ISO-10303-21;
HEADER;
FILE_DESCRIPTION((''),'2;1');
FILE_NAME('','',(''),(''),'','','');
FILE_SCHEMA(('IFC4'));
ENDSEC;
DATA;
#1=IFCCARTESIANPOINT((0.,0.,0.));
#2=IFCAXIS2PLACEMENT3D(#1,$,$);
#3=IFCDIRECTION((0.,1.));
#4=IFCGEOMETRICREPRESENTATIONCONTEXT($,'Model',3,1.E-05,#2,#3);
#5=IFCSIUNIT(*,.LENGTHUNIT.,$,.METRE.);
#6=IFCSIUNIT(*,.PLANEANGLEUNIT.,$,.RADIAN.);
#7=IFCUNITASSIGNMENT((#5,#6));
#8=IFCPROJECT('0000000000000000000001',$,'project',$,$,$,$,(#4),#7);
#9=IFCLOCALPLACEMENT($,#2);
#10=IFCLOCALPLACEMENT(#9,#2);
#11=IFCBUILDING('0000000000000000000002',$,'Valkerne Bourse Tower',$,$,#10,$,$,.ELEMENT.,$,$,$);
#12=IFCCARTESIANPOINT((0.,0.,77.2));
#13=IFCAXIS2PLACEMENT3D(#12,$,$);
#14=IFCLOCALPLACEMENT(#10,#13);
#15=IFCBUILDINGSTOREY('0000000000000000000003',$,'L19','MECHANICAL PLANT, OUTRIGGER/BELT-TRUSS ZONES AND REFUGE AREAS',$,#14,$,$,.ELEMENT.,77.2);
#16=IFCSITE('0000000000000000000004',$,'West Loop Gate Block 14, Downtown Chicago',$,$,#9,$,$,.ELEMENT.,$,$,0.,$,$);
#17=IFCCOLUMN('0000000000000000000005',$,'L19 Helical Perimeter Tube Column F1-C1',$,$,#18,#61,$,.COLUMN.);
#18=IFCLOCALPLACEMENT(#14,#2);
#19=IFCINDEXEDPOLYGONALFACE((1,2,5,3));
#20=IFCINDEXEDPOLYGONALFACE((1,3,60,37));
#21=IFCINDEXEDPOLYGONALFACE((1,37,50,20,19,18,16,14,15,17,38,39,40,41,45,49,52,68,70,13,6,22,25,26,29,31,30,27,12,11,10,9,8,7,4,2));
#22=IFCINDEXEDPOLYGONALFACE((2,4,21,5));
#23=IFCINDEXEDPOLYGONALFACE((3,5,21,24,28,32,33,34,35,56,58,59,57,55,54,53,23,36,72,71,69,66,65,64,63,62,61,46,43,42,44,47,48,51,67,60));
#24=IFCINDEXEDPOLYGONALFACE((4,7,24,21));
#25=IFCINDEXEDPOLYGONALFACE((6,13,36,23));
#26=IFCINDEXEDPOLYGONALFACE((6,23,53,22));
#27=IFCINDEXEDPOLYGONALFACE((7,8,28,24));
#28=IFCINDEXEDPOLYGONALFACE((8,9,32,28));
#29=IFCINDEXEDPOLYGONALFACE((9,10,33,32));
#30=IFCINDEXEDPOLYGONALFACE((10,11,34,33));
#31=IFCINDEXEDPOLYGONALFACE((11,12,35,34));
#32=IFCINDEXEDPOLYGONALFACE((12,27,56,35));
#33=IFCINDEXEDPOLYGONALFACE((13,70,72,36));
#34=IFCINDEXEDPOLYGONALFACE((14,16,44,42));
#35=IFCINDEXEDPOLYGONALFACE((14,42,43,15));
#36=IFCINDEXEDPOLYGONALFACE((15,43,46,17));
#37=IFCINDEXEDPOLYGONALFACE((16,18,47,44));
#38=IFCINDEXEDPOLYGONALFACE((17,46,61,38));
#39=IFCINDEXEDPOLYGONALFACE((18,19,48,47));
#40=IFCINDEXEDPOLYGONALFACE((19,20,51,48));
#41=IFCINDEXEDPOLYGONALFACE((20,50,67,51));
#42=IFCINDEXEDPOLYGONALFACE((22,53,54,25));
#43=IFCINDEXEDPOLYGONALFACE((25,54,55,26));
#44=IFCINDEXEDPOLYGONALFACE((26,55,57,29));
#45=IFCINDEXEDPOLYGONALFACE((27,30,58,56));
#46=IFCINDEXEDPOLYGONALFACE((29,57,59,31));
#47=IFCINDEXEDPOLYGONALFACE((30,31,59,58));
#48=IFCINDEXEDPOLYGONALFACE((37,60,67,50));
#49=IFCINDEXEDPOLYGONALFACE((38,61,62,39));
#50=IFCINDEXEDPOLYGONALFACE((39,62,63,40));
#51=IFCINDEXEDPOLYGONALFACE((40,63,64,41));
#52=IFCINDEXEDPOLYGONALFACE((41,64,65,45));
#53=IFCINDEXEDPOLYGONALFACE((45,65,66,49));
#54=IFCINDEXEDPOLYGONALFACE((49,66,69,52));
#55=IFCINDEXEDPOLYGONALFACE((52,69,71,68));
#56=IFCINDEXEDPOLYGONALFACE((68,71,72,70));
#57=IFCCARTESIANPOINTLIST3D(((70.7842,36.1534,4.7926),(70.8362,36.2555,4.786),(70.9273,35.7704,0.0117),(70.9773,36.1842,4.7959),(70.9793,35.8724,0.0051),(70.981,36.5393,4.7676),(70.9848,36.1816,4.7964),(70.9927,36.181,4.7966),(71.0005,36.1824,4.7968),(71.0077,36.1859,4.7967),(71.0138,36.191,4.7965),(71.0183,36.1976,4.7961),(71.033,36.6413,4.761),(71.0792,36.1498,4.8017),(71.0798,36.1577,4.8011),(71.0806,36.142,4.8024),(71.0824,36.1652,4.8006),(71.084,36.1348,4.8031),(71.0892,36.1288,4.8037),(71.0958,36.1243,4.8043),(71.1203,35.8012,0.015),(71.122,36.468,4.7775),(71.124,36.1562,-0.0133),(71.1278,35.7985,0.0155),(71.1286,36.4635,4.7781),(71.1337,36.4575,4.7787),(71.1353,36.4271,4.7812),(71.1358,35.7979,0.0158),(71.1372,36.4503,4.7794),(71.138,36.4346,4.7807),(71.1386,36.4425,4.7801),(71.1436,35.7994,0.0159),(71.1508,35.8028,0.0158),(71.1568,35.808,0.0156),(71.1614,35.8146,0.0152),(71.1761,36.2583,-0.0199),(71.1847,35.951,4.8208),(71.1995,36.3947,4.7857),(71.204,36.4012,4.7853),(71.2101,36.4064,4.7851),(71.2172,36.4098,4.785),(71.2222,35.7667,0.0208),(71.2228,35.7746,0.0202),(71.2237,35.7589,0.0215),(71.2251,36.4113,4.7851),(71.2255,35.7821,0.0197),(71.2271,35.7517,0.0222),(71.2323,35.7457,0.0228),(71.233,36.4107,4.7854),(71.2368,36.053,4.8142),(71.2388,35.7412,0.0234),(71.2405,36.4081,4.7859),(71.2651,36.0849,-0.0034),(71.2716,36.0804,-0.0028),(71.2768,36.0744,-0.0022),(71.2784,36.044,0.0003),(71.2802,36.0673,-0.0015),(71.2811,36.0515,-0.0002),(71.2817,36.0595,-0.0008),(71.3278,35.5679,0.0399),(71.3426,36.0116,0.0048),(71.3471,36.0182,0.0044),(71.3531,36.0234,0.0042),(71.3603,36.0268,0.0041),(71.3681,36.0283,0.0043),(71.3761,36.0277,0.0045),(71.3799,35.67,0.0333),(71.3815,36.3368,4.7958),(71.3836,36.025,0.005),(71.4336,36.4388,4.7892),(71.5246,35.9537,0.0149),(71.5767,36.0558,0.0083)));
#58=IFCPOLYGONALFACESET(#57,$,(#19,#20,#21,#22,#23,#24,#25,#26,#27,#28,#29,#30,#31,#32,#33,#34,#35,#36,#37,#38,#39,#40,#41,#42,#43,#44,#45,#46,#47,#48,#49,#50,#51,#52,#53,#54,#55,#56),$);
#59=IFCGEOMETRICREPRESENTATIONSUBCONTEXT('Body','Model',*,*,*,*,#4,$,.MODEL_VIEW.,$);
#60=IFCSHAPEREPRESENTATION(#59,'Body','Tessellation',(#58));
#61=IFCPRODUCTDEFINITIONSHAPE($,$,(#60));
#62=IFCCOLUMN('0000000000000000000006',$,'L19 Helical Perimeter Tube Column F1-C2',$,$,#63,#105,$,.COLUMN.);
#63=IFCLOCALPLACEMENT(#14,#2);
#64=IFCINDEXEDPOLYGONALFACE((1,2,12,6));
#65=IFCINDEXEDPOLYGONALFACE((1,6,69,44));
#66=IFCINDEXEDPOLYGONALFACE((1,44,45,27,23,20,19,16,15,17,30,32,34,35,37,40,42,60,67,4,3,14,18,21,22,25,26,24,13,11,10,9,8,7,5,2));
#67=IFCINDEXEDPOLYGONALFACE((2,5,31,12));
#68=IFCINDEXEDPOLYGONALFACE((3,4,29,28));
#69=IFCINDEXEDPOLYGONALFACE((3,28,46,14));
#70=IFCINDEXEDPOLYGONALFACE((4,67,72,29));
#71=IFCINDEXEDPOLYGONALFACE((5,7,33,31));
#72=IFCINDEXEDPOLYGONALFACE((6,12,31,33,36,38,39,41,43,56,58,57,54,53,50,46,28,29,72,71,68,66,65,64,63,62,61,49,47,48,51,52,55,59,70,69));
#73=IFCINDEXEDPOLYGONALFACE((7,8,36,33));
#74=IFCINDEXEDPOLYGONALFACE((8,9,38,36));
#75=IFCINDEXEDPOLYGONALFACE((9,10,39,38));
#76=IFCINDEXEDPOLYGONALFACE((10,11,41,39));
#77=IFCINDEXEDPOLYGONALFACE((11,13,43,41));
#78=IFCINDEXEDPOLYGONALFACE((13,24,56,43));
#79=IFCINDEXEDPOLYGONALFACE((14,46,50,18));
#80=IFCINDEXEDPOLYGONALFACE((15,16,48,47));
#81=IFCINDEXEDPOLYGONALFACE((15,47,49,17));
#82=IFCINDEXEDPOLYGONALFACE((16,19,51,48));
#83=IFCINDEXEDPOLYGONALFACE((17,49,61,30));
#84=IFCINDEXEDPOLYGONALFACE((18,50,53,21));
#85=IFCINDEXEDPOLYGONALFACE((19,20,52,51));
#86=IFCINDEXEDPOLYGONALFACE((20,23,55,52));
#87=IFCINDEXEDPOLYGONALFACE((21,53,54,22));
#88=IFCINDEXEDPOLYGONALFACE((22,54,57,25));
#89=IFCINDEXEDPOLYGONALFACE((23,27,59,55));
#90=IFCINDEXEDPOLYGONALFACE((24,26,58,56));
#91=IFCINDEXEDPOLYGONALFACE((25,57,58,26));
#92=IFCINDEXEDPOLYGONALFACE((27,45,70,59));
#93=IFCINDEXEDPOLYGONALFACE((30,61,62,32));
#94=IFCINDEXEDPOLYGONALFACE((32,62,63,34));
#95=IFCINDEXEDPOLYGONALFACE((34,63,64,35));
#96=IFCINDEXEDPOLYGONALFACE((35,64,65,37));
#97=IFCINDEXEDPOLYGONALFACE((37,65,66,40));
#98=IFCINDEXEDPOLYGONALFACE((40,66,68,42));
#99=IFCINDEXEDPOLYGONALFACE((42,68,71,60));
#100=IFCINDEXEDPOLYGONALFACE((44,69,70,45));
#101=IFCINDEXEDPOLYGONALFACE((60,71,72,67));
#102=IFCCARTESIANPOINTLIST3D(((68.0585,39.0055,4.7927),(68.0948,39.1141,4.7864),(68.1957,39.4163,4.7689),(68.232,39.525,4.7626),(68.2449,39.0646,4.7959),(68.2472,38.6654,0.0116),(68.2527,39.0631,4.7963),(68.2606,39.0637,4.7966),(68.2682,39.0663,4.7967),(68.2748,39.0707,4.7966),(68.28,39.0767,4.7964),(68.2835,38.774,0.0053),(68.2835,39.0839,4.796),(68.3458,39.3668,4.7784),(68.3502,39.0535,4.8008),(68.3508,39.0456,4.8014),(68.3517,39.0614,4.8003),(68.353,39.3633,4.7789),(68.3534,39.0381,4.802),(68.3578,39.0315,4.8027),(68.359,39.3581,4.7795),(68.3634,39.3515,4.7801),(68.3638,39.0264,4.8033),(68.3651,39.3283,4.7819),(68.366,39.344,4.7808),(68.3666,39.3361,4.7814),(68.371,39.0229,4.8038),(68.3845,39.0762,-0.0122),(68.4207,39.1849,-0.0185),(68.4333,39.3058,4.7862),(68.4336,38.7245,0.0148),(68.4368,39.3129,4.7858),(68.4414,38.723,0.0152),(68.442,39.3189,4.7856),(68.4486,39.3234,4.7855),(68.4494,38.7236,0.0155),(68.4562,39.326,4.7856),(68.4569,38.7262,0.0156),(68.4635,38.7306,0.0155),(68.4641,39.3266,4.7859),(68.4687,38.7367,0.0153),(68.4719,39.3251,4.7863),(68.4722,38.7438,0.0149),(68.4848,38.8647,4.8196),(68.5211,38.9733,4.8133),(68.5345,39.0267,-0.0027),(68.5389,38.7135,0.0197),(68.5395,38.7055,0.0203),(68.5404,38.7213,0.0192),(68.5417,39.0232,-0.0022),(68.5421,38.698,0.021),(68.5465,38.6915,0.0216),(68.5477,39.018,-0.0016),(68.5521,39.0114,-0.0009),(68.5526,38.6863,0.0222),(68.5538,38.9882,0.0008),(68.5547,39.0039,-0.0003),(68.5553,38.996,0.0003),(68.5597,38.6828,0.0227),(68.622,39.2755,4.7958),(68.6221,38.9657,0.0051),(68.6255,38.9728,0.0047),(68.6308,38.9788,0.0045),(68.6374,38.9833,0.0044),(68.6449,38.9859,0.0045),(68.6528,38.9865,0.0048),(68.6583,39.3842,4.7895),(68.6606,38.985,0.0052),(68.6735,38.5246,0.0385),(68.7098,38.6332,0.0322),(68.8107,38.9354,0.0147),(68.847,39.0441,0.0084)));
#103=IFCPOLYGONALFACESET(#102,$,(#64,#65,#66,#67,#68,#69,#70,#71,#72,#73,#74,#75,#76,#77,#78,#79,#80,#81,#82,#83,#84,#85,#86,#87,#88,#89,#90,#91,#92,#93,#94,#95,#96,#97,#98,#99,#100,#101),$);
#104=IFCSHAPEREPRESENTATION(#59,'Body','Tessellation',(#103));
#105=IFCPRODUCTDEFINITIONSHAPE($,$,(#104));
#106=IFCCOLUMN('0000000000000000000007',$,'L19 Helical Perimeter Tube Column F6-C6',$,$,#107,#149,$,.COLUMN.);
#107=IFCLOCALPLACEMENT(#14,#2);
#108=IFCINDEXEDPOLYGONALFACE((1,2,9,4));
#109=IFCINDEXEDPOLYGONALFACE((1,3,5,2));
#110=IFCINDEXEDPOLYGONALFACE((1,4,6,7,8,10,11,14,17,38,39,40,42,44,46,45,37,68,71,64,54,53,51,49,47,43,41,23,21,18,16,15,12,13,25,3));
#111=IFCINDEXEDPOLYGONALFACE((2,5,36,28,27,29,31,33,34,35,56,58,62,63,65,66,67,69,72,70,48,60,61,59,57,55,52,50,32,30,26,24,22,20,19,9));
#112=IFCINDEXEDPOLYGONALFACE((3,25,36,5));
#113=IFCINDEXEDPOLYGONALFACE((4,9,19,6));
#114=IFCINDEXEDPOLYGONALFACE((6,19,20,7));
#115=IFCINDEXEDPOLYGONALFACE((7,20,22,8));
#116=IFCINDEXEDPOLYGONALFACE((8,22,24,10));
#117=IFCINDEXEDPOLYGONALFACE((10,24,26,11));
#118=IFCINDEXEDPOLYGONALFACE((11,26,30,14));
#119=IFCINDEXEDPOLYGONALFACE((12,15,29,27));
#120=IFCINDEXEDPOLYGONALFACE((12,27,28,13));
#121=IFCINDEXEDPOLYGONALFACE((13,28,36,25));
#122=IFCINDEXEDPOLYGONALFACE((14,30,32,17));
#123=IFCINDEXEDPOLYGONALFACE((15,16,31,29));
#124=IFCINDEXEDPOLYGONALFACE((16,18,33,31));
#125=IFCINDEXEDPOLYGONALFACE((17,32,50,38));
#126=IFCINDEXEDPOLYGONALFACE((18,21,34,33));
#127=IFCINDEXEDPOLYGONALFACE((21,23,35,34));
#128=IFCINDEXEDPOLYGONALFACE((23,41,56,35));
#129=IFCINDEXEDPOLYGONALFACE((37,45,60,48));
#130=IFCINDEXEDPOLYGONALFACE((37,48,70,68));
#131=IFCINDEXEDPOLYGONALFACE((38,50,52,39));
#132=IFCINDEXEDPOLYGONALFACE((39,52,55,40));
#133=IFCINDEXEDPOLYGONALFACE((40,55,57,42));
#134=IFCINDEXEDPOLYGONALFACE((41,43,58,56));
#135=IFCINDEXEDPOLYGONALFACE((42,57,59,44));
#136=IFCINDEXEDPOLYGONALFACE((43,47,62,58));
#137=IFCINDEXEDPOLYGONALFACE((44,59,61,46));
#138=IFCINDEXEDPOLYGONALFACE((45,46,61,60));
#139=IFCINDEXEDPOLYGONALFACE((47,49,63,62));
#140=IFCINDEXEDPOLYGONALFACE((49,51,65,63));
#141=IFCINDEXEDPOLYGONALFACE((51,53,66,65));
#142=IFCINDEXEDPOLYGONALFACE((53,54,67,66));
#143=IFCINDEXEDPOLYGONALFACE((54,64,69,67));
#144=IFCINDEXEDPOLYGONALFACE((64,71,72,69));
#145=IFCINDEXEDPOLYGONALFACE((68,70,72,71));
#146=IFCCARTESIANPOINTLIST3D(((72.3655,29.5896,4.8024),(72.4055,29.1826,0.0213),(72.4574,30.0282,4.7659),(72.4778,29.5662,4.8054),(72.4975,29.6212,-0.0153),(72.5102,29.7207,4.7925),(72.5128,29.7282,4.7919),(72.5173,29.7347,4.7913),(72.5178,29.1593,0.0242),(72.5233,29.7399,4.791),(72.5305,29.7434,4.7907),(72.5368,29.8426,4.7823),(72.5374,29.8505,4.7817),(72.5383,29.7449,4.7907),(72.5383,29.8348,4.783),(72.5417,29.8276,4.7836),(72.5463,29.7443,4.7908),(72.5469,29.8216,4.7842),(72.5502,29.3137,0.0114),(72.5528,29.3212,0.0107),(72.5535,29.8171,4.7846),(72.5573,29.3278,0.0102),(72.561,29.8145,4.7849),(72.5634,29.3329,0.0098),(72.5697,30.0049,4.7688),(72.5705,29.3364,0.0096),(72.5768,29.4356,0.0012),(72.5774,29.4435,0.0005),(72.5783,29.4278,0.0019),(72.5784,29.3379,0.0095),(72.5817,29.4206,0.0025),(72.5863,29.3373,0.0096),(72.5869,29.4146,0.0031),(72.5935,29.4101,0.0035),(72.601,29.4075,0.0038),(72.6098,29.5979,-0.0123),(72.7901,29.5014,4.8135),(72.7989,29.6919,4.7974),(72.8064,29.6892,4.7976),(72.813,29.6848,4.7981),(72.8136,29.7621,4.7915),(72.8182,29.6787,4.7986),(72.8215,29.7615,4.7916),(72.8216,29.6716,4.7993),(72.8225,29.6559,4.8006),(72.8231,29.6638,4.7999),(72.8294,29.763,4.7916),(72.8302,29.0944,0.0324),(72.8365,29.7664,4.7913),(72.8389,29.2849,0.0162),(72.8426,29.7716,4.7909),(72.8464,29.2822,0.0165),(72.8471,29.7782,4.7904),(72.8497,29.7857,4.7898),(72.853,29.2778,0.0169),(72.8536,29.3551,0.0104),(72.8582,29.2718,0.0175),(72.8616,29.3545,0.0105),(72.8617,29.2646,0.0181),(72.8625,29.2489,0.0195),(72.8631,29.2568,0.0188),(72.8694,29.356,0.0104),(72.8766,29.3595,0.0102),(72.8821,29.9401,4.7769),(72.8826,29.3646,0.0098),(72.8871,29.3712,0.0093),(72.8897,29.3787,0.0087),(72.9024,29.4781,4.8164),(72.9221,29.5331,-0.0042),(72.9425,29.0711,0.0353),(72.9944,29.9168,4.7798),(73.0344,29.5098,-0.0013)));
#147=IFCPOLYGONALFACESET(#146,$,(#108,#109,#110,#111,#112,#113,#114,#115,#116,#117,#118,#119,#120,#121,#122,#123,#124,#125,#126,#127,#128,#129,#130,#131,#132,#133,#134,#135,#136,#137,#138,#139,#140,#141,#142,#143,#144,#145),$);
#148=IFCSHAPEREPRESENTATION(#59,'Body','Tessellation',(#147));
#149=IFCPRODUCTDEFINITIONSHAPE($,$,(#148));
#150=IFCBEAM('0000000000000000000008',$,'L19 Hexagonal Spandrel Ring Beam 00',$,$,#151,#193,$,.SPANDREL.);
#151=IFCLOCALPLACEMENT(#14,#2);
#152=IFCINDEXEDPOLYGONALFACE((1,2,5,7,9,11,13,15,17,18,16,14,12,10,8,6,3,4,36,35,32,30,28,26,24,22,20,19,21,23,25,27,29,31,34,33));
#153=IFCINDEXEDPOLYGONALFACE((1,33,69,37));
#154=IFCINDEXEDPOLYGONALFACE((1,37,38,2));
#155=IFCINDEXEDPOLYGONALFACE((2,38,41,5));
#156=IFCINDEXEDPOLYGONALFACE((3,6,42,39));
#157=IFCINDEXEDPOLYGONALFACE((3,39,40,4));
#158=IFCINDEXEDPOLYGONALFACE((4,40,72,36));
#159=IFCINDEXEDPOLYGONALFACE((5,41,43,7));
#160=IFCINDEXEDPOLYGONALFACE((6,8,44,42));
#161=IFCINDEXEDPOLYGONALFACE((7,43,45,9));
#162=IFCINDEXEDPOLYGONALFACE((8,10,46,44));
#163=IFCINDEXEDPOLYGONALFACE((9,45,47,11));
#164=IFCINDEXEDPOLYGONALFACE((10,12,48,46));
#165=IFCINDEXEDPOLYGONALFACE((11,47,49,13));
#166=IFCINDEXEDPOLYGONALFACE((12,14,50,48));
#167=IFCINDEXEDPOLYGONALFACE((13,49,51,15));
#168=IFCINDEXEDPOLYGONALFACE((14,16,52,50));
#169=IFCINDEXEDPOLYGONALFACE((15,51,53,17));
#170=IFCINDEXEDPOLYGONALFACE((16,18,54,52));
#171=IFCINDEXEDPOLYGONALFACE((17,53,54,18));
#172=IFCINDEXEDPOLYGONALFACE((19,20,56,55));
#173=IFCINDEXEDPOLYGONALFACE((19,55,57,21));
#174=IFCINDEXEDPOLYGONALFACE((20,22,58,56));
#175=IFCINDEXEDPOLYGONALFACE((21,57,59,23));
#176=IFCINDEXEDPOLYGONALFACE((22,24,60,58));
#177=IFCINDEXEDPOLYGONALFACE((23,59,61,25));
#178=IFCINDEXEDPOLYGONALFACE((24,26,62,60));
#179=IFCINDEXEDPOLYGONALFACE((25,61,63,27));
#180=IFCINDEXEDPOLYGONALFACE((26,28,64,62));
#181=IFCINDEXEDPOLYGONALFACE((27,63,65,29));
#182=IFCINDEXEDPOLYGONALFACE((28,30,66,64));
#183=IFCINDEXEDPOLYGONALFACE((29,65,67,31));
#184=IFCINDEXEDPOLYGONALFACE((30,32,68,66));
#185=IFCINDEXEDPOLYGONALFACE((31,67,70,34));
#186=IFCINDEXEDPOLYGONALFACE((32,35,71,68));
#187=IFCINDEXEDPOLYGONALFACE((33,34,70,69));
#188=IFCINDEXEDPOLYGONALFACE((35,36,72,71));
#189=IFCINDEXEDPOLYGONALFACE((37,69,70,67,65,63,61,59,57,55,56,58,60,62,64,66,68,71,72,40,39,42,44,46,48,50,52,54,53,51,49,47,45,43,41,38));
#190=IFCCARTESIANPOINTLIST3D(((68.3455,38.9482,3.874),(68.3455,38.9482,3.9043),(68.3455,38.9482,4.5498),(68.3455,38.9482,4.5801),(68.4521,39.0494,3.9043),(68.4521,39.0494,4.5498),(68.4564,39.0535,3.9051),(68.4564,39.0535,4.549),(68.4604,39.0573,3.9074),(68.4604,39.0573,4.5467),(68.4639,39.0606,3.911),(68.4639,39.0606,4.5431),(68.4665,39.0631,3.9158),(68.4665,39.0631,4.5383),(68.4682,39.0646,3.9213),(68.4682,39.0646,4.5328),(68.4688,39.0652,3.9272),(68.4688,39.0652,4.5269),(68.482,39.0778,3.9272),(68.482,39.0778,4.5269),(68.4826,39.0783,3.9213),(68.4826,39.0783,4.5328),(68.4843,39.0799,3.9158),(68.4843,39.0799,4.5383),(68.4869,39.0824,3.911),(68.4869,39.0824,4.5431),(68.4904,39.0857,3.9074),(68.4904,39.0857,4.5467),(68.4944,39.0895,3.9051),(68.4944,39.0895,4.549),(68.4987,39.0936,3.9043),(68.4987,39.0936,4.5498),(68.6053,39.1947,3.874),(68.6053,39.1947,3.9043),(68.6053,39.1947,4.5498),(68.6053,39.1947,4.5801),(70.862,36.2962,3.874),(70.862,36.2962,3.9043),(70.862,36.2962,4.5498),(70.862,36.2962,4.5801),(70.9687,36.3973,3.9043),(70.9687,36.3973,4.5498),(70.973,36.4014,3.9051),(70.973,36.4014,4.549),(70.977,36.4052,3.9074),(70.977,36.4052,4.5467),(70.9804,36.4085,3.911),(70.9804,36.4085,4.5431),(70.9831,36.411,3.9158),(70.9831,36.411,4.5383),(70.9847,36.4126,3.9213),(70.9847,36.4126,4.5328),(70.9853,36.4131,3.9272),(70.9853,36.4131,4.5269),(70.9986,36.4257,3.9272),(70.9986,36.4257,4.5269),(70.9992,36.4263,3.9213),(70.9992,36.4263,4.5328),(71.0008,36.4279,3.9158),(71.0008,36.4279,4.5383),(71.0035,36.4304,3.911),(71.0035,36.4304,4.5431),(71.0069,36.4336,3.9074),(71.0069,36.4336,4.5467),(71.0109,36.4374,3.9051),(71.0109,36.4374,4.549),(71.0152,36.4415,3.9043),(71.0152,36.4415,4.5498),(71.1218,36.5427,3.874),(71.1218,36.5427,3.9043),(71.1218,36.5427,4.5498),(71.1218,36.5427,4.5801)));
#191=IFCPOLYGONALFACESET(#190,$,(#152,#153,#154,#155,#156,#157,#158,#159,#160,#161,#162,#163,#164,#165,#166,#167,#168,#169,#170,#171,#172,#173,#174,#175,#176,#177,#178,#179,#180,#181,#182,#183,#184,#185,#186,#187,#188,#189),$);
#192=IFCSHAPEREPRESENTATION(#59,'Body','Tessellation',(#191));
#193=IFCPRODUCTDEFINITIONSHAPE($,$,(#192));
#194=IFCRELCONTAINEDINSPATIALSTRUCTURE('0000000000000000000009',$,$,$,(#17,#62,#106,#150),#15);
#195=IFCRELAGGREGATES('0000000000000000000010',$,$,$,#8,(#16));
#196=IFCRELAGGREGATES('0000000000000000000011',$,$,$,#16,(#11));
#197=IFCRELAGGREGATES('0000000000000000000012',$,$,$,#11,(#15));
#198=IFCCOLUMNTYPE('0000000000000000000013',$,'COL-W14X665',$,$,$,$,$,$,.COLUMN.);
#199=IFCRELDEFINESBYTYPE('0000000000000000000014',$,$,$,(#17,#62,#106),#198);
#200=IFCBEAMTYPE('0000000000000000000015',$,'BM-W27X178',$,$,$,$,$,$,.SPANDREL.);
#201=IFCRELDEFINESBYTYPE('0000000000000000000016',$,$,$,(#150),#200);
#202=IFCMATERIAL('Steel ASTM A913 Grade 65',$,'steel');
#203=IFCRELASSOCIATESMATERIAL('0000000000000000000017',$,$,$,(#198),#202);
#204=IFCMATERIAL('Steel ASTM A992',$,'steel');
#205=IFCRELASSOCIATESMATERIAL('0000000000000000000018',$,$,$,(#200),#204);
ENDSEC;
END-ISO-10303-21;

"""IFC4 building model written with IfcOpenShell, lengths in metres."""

from ifc_helpers import new_model, si_unit, direction, frame, origin, origin_2d, place, context, subcontext, project, spatial, i_section, extrude, material, material_profile, profile_set, type_object, element, save


model = new_model("IFC4")

# Units and contexts
model_context = context("Model", 3, precision=1e-05, world=origin(), true_north=direction((0.0, 1.0)))
body_context = subcontext(model_context, "Body", "Model", "MODEL_VIEW")
ifc_project = project(units=[si_unit("LENGTHUNIT", "METRE"), si_unit("PLANEANGLEUNIT", "RADIAN")], contexts=[model_context])

# Site, building, storey
site_placement = place(None, origin())
site = spatial("IfcSite", under=ifc_project, at=site_placement, Name="West Loop Gate Block 14, Downtown Chicago", CompositionType="ELEMENT", RefElevation=0.0)
building_placement = place(site_placement, origin())
building = spatial("IfcBuilding", under=site, at=building_placement, Name="Valkerne Bourse Tower", CompositionType="ELEMENT")
storey_placement = place(building_placement, frame((0.0, 0.0, 77.2)))
storey = spatial("IfcBuildingStorey", under=building, at=storey_placement, Name="L19", Description="MECHANICAL PLANT, OUTRIGGER/BELT-TRUSS ZONES AND REFUGE AREAS", CompositionType="ELEMENT", Elevation=77.2)

# Columns
ifc_material_1 = material(Name="Steel ASTM A913 Grade 65", Category="steel")
ifc_material_profile_1 = material_profile(ifc_material_1, i_section(OverallWidth=0.4497, OverallDepth=0.5486, WebThickness=0.072, FlangeThickness=0.1147, FilletRadius=0.0305, at=origin_2d()), Name="W14X665")
ifc_profile_set_1 = profile_set([ifc_material_profile_1], Name="Steel ASTM A913 Grade 65")
column_type = type_object("IfcColumnType", Name="COL-W14X665", PredefinedType="COLUMN", material=ifc_profile_set_1)
column_1_placement = place(storey_placement, frame((71.252, 35.9131, 0.01), z_axis=(-0.029815, 0.079829, 0.996363), x_axis=(0.890703, -0.450238, 0.062727)))
element("IfcColumn", 1, at=column_1_placement, inside=storey, type_object=column_type, Name="L19 Helical Perimeter Tube Column F1-C1", PredefinedType="COLUMN", context=body_context, shape_type="SweptSolid", body=[
    extrude(i_section(OverallWidth=0.4497, OverallDepth=0.5486, WebThickness=0.072, FlangeThickness=0.1147, FilletRadius=0.0305, at=origin_2d()), origin(), (0.0, 0.0, 1.0), 4.7983),
])
column_2_placement = place(storey_placement, frame((68.5471, 38.8547, 0.01), z_axis=(-0.039343, 0.070899, 0.996707), x_axis=(0.947847, -0.313088, 0.059685)))
element("IfcColumn", 2, at=column_2_placement, inside=storey, type_object=column_type, Name="L19 Helical Perimeter Tube Column F1-C2", PredefinedType="COLUMN", context=body_context, shape_type="SweptSolid", body=[
    extrude(i_section(OverallWidth=0.4497, OverallDepth=0.5486, WebThickness=0.072, FlangeThickness=0.1147, FilletRadius=0.0305, at=origin_2d()), origin(), (0.0, 0.0, 1.0), 4.7969),
])
column_3_placement = place(storey_placement, frame((72.72, 29.3462, 0.01), z_axis=(-0.008344, 0.084815, 0.996362), x_axis=(-0.204517, -0.975479, 0.081325)))
element("IfcColumn", 3, at=column_3_placement, inside=storey, type_object=column_type, Name="L19 Helical Perimeter Tube Column F6-C6", PredefinedType="COLUMN", context=body_context, shape_type="SweptSolid", body=[
    extrude(i_section(OverallWidth=0.4497, OverallDepth=0.5486, WebThickness=0.072, FlangeThickness=0.1147, FilletRadius=0.0305, at=origin_2d()), origin(), (0.0, 0.0, 1.0), 4.7986),
])

# Beam
ifc_material_2 = material(Name="Steel ASTM A992", Category="steel")
ifc_material_profile_2 = material_profile(ifc_material_2, i_section(OverallWidth=0.3582, OverallDepth=0.7061, WebThickness=0.0183, FlangeThickness=0.0303, FilletRadius=0.0229, at=origin_2d()), Name="W27X178")
ifc_profile_set_2 = profile_set([ifc_material_profile_2], Name="Steel ASTM A992")
beam_type_1 = type_object("IfcBeamType", Name="BM-W27X178", PredefinedType="SPANDREL", material=ifc_profile_set_2)
for number, where, z_axis, x_axis, name in (
    (4, (70.9919, 36.4194, 4.2271), (-0.688333, 0.725394, 0.0), (-0.725394, -0.688333, 0.0), "L19 Hexagonal Spandrel Ring Beam 00"),
):
    element("IfcBeam", number, at=place(storey_placement, frame(where, z_axis=z_axis, x_axis=x_axis)), inside=storey, type_object=beam_type_1, Name=name, PredefinedType="SPANDREL", context=body_context, shape_type="SweptSolid", body=[
        extrude(i_section(OverallWidth=0.3582, OverallDepth=0.7061, WebThickness=0.0183, FlangeThickness=0.0303, FilletRadius=0.0229, at=origin_2d()), origin(), (0.0, 0.0, 1.0), 3.656),
    ])

save(model, "model.ifc")
